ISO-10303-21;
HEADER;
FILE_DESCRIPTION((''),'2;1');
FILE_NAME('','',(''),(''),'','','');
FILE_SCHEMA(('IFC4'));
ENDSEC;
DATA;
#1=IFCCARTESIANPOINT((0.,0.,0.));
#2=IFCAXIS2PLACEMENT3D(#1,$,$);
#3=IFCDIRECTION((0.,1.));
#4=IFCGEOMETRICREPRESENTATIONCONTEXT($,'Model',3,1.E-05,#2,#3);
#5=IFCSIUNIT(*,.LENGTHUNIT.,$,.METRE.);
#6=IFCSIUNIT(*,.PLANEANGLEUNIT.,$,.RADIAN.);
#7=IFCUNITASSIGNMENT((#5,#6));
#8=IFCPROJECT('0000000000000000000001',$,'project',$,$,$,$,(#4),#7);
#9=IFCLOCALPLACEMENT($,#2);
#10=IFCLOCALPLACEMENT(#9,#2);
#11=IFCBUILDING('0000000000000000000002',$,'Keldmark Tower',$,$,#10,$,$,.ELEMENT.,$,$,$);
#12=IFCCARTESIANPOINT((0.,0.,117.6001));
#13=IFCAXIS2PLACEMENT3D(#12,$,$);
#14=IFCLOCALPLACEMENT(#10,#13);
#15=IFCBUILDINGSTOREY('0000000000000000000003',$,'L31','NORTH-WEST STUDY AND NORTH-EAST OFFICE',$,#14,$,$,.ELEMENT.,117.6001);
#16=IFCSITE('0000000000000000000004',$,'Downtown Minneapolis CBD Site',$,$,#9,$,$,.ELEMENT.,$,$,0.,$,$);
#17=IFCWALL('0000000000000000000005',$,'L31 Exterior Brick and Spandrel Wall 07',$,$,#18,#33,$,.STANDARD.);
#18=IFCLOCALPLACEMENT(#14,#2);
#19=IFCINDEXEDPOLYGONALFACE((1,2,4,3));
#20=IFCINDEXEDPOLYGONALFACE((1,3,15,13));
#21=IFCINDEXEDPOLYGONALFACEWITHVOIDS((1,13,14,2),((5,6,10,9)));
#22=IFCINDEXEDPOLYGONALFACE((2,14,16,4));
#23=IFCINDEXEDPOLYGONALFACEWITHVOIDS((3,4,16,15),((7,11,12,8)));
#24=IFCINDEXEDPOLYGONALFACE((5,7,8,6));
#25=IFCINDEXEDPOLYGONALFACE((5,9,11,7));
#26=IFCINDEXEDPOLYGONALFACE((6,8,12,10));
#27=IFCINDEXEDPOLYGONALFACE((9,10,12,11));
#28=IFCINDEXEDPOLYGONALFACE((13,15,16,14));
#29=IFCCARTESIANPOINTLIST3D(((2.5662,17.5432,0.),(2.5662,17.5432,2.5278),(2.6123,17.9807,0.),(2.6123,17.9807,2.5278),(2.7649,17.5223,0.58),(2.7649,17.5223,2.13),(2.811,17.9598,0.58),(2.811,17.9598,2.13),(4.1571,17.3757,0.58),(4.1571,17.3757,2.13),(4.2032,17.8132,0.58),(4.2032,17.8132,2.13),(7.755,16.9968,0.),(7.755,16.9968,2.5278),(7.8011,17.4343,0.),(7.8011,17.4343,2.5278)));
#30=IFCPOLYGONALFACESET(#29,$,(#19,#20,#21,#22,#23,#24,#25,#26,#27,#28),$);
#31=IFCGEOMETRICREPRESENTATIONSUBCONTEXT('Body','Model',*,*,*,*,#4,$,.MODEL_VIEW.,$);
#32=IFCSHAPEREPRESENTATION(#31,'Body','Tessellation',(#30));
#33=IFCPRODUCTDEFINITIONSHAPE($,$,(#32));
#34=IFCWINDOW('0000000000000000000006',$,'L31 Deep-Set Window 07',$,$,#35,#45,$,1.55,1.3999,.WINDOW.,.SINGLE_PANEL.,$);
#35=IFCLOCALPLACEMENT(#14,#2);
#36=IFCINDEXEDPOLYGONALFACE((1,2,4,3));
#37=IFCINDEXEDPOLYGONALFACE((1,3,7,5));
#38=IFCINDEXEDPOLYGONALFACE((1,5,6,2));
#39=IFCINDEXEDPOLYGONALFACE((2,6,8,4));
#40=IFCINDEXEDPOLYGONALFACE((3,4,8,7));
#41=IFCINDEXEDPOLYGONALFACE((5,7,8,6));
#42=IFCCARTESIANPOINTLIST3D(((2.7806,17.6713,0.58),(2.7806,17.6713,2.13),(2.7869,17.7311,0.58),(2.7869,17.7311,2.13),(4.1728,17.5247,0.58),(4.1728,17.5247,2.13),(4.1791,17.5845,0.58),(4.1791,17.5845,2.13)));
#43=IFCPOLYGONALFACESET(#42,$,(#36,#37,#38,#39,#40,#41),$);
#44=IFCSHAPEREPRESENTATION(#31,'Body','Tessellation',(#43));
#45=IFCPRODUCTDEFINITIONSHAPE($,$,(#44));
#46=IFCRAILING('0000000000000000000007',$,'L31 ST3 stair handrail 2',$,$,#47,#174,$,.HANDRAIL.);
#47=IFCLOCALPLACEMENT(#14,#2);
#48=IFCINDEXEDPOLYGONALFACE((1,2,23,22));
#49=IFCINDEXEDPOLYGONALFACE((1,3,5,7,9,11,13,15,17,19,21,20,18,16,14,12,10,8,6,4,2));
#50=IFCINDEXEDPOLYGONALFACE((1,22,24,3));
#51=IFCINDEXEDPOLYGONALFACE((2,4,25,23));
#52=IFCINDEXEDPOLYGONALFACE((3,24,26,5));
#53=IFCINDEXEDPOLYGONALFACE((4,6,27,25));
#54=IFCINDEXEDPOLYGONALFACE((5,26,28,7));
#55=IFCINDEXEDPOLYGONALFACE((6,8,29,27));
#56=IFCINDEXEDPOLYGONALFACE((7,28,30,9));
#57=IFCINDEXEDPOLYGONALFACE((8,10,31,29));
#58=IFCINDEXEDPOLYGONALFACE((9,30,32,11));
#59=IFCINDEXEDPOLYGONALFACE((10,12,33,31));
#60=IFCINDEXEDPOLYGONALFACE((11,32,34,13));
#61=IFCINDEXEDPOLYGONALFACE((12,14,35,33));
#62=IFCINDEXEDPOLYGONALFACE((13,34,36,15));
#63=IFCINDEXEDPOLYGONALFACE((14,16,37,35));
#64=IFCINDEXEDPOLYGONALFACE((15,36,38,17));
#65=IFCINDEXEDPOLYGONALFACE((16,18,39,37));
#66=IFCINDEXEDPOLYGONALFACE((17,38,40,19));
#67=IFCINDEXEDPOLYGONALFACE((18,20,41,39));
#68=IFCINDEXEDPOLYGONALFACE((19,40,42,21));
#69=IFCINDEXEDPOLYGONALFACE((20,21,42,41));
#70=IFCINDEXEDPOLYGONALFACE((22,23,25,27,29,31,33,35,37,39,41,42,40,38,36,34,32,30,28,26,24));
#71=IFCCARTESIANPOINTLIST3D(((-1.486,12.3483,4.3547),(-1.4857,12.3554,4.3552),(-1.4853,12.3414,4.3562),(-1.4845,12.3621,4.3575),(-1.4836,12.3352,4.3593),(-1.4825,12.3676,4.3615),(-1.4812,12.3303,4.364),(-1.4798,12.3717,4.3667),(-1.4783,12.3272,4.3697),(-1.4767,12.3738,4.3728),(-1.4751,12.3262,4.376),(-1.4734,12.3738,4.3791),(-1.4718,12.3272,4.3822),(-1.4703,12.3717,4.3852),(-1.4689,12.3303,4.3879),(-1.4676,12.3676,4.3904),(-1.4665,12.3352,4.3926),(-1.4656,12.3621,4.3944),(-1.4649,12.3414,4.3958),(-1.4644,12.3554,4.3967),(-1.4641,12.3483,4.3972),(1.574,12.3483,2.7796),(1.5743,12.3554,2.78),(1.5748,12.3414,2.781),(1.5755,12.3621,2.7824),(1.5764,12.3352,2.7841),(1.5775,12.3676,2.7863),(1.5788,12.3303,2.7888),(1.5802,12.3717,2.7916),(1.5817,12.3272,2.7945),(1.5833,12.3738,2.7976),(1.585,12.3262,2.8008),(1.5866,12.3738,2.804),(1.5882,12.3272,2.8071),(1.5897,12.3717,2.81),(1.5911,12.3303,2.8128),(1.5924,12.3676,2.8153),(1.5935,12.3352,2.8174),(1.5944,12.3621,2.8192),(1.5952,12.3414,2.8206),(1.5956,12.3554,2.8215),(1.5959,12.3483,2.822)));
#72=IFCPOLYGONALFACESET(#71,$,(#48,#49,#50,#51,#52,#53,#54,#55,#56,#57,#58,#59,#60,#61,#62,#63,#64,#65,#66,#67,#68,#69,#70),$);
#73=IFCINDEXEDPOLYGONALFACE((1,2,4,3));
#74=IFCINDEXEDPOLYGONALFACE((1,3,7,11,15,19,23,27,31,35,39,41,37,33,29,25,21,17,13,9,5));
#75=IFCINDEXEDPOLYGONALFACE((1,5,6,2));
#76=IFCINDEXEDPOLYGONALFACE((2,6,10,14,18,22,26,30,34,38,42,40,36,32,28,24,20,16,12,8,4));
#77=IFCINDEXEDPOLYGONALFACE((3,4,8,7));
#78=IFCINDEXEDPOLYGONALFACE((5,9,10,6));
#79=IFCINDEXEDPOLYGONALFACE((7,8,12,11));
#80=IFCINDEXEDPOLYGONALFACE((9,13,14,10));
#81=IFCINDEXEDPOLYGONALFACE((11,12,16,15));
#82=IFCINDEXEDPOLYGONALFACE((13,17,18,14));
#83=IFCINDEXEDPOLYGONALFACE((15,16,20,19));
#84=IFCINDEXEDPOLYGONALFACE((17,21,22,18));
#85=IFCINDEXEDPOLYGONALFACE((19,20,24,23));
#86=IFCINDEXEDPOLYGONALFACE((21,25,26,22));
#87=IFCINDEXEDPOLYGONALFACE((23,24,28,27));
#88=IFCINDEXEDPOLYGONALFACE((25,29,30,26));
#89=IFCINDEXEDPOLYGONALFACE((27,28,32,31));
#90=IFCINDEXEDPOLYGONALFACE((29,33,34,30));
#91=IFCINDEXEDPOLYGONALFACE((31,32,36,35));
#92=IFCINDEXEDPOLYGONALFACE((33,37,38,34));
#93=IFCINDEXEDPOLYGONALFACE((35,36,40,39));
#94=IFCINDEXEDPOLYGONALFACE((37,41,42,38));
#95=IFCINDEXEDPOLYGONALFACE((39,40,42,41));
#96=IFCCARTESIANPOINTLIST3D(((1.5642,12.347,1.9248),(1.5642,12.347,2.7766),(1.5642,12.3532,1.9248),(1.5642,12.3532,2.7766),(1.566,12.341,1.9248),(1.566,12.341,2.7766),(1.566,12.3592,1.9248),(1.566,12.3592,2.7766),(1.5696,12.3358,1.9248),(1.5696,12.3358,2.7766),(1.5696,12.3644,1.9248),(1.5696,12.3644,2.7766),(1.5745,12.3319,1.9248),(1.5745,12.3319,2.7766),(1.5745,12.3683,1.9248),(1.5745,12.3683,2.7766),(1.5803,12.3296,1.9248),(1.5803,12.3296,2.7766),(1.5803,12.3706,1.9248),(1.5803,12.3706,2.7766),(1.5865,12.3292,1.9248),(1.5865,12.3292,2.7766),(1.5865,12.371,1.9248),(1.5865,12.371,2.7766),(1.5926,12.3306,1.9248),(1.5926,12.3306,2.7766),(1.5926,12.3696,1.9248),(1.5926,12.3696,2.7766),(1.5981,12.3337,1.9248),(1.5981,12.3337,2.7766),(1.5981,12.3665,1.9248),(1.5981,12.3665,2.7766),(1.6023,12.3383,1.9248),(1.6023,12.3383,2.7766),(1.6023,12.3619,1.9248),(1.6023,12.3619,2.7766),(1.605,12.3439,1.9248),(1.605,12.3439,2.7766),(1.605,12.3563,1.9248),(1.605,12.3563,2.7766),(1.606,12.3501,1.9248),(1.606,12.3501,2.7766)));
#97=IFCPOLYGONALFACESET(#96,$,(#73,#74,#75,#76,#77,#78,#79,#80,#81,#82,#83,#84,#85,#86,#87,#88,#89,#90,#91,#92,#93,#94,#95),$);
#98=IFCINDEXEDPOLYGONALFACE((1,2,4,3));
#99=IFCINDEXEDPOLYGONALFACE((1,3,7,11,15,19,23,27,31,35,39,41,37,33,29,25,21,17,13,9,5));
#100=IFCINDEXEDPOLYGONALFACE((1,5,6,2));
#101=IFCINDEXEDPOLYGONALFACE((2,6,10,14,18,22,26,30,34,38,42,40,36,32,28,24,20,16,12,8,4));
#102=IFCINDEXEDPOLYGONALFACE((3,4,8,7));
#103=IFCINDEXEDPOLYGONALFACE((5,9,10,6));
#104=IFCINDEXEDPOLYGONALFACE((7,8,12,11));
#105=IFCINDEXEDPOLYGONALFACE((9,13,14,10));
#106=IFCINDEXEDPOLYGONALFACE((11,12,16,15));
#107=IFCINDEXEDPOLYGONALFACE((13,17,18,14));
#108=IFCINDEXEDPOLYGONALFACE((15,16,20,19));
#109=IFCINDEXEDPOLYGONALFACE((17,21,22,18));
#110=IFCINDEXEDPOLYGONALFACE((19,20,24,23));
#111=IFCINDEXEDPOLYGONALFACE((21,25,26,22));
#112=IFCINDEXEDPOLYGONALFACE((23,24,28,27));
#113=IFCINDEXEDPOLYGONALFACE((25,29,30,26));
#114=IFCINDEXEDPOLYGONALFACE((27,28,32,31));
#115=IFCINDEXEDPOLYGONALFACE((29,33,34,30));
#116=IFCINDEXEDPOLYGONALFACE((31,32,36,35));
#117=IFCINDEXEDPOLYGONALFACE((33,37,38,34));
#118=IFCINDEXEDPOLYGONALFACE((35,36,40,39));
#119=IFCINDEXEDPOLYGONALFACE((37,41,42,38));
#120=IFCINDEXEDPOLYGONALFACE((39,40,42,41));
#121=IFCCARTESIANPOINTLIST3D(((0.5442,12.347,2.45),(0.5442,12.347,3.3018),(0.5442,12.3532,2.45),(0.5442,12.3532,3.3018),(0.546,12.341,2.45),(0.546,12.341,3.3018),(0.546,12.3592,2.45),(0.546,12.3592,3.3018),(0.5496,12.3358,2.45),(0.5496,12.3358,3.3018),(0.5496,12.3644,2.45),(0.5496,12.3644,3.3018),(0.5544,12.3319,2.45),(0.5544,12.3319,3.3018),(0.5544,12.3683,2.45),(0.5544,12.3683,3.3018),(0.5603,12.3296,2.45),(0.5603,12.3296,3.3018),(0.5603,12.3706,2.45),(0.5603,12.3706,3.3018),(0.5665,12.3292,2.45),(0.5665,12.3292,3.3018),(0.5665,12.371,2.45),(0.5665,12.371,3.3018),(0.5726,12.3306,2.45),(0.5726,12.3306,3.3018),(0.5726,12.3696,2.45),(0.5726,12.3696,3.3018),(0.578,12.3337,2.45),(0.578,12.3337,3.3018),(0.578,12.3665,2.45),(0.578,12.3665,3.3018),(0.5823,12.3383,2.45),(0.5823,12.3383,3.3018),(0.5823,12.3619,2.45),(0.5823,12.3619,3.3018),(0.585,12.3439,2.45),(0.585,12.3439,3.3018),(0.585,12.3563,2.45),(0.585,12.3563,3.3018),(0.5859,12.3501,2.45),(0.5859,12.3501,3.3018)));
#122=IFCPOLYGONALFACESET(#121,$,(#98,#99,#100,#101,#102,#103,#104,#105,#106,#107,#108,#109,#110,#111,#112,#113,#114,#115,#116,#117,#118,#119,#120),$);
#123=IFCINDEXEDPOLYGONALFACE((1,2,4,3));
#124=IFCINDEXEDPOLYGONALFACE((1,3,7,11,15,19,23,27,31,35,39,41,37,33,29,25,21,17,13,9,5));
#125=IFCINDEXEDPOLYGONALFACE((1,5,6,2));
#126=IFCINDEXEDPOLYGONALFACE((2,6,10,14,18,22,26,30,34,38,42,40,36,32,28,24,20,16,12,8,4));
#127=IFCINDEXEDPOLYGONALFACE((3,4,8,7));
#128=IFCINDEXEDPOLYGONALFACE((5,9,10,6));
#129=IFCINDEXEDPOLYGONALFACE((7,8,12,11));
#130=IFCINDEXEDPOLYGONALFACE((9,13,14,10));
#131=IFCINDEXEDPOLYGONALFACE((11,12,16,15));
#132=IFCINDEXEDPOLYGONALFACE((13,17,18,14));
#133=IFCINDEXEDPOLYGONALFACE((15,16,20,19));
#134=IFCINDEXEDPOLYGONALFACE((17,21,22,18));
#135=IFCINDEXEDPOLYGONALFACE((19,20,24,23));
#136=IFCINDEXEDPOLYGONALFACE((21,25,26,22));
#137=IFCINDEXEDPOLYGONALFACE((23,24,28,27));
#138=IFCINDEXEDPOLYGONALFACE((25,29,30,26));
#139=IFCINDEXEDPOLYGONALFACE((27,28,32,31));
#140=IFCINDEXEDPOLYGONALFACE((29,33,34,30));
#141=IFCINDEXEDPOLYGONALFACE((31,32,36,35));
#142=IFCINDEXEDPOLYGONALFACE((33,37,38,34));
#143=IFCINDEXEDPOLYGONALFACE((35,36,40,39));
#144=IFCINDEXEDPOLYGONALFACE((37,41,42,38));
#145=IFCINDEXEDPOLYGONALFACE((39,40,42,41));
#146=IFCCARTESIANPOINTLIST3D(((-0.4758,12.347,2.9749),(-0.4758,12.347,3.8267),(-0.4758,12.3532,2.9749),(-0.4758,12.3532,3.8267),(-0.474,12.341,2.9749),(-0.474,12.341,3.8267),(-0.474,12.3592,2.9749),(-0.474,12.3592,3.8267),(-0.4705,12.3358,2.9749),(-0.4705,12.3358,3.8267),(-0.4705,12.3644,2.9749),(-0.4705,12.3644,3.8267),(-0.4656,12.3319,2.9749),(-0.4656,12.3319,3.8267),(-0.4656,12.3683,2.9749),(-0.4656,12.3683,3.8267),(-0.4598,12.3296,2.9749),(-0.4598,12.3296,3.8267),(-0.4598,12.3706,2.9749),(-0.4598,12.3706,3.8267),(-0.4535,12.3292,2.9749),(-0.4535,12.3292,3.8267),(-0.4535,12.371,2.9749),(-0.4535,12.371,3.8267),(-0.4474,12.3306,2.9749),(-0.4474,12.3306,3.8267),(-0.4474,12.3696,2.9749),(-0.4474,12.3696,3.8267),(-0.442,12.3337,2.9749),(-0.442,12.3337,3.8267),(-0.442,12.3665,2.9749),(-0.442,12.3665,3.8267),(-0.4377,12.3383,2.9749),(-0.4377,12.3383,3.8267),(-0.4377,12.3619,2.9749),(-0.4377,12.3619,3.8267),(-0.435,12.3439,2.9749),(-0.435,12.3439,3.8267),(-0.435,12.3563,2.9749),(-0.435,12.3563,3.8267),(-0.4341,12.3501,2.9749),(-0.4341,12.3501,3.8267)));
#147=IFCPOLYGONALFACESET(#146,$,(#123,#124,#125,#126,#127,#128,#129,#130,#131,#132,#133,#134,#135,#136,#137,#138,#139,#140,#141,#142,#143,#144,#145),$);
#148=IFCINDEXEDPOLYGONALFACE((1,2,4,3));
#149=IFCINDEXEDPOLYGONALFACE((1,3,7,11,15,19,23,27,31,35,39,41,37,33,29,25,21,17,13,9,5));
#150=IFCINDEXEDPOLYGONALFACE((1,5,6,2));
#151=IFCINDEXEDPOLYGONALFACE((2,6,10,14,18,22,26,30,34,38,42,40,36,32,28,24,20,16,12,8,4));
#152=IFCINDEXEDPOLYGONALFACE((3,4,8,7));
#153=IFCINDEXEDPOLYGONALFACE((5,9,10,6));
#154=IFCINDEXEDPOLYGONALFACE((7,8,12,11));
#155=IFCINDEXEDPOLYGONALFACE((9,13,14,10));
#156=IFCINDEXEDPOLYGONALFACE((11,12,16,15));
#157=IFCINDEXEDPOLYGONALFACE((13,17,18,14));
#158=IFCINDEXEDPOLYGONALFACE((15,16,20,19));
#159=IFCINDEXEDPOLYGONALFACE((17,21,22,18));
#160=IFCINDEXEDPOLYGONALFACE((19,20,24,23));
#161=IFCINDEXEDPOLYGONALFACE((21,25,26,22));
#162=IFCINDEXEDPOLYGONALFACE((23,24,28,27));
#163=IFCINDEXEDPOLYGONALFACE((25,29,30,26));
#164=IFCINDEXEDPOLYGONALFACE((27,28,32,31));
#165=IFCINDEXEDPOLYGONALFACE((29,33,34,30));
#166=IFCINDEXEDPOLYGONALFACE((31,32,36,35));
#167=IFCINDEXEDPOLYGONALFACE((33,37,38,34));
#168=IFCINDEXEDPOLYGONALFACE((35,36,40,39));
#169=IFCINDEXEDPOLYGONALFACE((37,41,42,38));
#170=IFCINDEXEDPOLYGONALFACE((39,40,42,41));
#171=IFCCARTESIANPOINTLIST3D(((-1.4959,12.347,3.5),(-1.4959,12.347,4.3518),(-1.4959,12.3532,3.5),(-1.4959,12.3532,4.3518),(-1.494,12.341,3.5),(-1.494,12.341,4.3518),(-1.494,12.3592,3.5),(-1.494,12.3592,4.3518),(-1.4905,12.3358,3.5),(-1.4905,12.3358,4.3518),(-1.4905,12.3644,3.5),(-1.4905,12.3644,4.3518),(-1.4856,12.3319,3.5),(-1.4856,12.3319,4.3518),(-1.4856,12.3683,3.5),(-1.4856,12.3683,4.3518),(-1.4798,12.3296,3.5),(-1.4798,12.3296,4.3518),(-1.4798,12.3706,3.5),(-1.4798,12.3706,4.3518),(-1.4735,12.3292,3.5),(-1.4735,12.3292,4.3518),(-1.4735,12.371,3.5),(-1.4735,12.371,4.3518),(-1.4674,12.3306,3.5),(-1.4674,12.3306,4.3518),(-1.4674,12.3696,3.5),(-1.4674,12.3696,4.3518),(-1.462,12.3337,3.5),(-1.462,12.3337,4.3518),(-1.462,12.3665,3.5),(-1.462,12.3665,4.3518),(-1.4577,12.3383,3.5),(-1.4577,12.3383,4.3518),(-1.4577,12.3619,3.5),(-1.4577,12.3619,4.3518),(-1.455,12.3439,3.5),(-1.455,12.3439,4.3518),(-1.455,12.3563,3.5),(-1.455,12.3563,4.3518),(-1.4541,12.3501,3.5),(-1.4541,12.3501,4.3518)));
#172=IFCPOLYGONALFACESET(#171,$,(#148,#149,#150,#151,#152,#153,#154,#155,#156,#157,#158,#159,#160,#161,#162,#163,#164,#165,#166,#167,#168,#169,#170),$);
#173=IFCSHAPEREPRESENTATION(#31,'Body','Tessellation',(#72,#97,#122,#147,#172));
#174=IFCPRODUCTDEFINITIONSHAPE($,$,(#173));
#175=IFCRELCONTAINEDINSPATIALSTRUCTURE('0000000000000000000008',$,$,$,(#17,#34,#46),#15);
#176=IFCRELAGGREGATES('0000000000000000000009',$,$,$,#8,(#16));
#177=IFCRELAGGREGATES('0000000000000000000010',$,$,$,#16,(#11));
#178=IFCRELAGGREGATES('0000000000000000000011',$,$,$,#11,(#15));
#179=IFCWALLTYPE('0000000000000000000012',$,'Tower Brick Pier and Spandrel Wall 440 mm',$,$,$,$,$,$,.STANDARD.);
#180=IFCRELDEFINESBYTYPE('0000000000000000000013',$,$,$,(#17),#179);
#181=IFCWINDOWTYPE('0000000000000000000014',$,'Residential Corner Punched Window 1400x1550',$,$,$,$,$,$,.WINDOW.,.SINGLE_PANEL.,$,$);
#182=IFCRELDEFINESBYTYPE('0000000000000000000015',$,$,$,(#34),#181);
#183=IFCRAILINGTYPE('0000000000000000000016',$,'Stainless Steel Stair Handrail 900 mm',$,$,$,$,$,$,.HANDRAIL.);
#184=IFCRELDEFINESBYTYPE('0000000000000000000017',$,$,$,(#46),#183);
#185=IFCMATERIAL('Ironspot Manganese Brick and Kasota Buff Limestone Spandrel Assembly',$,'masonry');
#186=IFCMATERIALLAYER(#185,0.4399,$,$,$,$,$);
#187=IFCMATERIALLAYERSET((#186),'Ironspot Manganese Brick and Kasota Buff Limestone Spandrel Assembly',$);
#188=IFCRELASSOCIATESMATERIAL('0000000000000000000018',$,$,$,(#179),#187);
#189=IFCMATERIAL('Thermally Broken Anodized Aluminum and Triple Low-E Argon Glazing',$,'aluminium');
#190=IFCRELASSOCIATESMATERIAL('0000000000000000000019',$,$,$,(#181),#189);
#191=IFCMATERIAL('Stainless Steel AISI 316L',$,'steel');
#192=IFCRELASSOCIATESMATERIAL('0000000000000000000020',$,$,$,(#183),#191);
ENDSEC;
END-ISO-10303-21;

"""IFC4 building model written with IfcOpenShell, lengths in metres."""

from ifc_helpers import new_model, si_unit, direction, frame, frame_2d, origin, origin_2d, place, context, subcontext, project, spatial, rectangle, circle, extrude, material, layer, layer_set, type_object, element, fill, save


model = new_model("IFC4")

# Units and contexts
model_context = context("Model", 3, precision=1e-05, world=origin(), true_north=direction((0.0, 1.0)))
body_context = subcontext(model_context, "Body", "Model", "MODEL_VIEW")
ifc_project = project(units=[si_unit("LENGTHUNIT", "METRE"), si_unit("PLANEANGLEUNIT", "RADIAN")], contexts=[model_context])

# Site, building, storey
site_placement = place(None, origin())
site = spatial("IfcSite", under=ifc_project, at=site_placement, Name="Downtown Minneapolis CBD Site", CompositionType="ELEMENT", RefElevation=0.0)
building_placement = place(site_placement, origin())
building = spatial("IfcBuilding", under=site, at=building_placement, Name="Keldmark Tower", CompositionType="ELEMENT")
storey_placement = place(building_placement, frame((0.0, 0.0, 117.6001)))
storey = spatial("IfcBuildingStorey", under=building, at=storey_placement, Name="L31", Description="NORTH-WEST STUDY AND NORTH-EAST OFFICE", CompositionType="ELEMENT", Elevation=117.6001)

# Wall, opening, window
ifc_material_1 = material(Name="Ironspot Manganese Brick and Kasota Buff Limestone Spandrel Assembly", Category="masonry")
ifc_layer_1 = layer(ifc_material_1, 0.4399)
ifc_layer_set_1 = layer_set([ifc_layer_1], Name="Ironspot Manganese Brick and Kasota Buff Limestone Spandrel Assembly")
wall_type_1 = type_object("IfcWallType", Name="Tower Brick Pier and Spandrel Wall 440 mm", PredefinedType="STANDARD", material=ifc_layer_set_1)
ifc_material_2 = material(Name="Thermally Broken Anodized Aluminum and Triple Low-E Argon Glazing", Category="aluminium")
window_type = type_object("IfcWindowType", Name="Residential Corner Punched Window 1400x1550", PartitioningType="SINGLE_PANEL", PredefinedType="WINDOW", material=ifc_material_2)
wall_1_placement = place(storey_placement, frame((2.5891, 17.762, 0.0), z_axis=(0.0, 0.0, 1.0), x_axis=(0.994501, -0.104724, 0.0)))
wall_1 = element("IfcWall", 1, at=wall_1_placement, inside=storey, type_object=wall_type_1, Name="L31 Exterior Brick and Spandrel Wall 07", PredefinedType="STANDARD", context=body_context, shape_type="SweptSolid", body=[
    extrude(rectangle(XDim=5.2175, YDim=0.4399, at=frame_2d((2.6089, 0.0))), origin(), (0.0, 0.0, 1.0), 2.5278),
])
opening_1_placement = place(wall_1_placement, frame((0.2, 0.0, 0.5801)))
opening_1 = element("IfcOpeningElement", 2, at=opening_1_placement, cuts=wall_1, PredefinedType="OPENING", context=body_context, shape_type="SweptSolid", body=[
    extrude(rectangle(XDim=1.3999, YDim=1.55, at=frame_2d((0.7, 0.7749))), frame((0.0, 0.23, 0.0), z_axis=(0.0, -1.0, 0.0), x_axis=(1.0, 0.0, 0.0)), (0.0, 0.0, 1.0), 0.46),
])
window_1_placement = place(opening_1_placement, origin())
window_1 = element("IfcWindow", 3, at=window_1_placement, inside=storey, type_object=window_type, Name="L31 Deep-Set Window 07", OverallHeight=1.55, OverallWidth=1.3999, PartitioningType="SINGLE_PANEL", PredefinedType="WINDOW", context=body_context, shape_type="SweptSolid", body=[
    extrude(rectangle(XDim=1.3999, YDim=1.55, at=frame_2d((0.7, 0.7749))), frame((0.0, -0.01, 0.0), z_axis=(0.0, -1.0, 0.0), x_axis=(1.0, 0.0, 0.0)), (0.0, 0.0, 1.0), 0.0601),
])
fill(opening_1, window_1)

# Railing
ifc_material_3 = material(Name="Stainless Steel AISI 316L", Category="steel")
railing_type = type_object("IfcRailingType", Name="Stainless Steel Stair Handrail 900 mm", PredefinedType="HANDRAIL", material=ifc_material_3)
railing_placement = place(storey_placement, frame((1.585, 12.3501, 1.9248)))
element("IfcRailing", 4, at=railing_placement, inside=storey, type_object=railing_type, Name="L31 ST3 stair handrail 2", PredefinedType="HANDRAIL", context=body_context, shape_type="SweptSolid", body=[
    extrude(circle(Radius=0.0239, at=origin_2d()), frame((0.0, 0.0, 0.876), z_axis=(-0.889116, 0.0, 0.457681), x_axis=(0.0, -1.0, 0.0)), (0.0, 0.0, 1.0), 3.4417),
    extrude(circle(Radius=0.021, at=origin_2d()), origin(), (0.0, 0.0, 1.0), 0.8518),
    extrude(circle(Radius=0.021, at=origin_2d()), frame((-1.02, 0.0, 0.5251)), (0.0, 0.0, 1.0), 0.8518),
    extrude(circle(Radius=0.021, at=origin_2d()), frame((-2.04, 0.0, 1.05)), (0.0, 0.0, 1.0), 0.8518),
    extrude(circle(Radius=0.021, at=origin_2d()), frame((-3.0601, 0.0, 1.5752)), (0.0, 0.0, 1.0), 0.8518),
])

save(model, "model.ifc")
